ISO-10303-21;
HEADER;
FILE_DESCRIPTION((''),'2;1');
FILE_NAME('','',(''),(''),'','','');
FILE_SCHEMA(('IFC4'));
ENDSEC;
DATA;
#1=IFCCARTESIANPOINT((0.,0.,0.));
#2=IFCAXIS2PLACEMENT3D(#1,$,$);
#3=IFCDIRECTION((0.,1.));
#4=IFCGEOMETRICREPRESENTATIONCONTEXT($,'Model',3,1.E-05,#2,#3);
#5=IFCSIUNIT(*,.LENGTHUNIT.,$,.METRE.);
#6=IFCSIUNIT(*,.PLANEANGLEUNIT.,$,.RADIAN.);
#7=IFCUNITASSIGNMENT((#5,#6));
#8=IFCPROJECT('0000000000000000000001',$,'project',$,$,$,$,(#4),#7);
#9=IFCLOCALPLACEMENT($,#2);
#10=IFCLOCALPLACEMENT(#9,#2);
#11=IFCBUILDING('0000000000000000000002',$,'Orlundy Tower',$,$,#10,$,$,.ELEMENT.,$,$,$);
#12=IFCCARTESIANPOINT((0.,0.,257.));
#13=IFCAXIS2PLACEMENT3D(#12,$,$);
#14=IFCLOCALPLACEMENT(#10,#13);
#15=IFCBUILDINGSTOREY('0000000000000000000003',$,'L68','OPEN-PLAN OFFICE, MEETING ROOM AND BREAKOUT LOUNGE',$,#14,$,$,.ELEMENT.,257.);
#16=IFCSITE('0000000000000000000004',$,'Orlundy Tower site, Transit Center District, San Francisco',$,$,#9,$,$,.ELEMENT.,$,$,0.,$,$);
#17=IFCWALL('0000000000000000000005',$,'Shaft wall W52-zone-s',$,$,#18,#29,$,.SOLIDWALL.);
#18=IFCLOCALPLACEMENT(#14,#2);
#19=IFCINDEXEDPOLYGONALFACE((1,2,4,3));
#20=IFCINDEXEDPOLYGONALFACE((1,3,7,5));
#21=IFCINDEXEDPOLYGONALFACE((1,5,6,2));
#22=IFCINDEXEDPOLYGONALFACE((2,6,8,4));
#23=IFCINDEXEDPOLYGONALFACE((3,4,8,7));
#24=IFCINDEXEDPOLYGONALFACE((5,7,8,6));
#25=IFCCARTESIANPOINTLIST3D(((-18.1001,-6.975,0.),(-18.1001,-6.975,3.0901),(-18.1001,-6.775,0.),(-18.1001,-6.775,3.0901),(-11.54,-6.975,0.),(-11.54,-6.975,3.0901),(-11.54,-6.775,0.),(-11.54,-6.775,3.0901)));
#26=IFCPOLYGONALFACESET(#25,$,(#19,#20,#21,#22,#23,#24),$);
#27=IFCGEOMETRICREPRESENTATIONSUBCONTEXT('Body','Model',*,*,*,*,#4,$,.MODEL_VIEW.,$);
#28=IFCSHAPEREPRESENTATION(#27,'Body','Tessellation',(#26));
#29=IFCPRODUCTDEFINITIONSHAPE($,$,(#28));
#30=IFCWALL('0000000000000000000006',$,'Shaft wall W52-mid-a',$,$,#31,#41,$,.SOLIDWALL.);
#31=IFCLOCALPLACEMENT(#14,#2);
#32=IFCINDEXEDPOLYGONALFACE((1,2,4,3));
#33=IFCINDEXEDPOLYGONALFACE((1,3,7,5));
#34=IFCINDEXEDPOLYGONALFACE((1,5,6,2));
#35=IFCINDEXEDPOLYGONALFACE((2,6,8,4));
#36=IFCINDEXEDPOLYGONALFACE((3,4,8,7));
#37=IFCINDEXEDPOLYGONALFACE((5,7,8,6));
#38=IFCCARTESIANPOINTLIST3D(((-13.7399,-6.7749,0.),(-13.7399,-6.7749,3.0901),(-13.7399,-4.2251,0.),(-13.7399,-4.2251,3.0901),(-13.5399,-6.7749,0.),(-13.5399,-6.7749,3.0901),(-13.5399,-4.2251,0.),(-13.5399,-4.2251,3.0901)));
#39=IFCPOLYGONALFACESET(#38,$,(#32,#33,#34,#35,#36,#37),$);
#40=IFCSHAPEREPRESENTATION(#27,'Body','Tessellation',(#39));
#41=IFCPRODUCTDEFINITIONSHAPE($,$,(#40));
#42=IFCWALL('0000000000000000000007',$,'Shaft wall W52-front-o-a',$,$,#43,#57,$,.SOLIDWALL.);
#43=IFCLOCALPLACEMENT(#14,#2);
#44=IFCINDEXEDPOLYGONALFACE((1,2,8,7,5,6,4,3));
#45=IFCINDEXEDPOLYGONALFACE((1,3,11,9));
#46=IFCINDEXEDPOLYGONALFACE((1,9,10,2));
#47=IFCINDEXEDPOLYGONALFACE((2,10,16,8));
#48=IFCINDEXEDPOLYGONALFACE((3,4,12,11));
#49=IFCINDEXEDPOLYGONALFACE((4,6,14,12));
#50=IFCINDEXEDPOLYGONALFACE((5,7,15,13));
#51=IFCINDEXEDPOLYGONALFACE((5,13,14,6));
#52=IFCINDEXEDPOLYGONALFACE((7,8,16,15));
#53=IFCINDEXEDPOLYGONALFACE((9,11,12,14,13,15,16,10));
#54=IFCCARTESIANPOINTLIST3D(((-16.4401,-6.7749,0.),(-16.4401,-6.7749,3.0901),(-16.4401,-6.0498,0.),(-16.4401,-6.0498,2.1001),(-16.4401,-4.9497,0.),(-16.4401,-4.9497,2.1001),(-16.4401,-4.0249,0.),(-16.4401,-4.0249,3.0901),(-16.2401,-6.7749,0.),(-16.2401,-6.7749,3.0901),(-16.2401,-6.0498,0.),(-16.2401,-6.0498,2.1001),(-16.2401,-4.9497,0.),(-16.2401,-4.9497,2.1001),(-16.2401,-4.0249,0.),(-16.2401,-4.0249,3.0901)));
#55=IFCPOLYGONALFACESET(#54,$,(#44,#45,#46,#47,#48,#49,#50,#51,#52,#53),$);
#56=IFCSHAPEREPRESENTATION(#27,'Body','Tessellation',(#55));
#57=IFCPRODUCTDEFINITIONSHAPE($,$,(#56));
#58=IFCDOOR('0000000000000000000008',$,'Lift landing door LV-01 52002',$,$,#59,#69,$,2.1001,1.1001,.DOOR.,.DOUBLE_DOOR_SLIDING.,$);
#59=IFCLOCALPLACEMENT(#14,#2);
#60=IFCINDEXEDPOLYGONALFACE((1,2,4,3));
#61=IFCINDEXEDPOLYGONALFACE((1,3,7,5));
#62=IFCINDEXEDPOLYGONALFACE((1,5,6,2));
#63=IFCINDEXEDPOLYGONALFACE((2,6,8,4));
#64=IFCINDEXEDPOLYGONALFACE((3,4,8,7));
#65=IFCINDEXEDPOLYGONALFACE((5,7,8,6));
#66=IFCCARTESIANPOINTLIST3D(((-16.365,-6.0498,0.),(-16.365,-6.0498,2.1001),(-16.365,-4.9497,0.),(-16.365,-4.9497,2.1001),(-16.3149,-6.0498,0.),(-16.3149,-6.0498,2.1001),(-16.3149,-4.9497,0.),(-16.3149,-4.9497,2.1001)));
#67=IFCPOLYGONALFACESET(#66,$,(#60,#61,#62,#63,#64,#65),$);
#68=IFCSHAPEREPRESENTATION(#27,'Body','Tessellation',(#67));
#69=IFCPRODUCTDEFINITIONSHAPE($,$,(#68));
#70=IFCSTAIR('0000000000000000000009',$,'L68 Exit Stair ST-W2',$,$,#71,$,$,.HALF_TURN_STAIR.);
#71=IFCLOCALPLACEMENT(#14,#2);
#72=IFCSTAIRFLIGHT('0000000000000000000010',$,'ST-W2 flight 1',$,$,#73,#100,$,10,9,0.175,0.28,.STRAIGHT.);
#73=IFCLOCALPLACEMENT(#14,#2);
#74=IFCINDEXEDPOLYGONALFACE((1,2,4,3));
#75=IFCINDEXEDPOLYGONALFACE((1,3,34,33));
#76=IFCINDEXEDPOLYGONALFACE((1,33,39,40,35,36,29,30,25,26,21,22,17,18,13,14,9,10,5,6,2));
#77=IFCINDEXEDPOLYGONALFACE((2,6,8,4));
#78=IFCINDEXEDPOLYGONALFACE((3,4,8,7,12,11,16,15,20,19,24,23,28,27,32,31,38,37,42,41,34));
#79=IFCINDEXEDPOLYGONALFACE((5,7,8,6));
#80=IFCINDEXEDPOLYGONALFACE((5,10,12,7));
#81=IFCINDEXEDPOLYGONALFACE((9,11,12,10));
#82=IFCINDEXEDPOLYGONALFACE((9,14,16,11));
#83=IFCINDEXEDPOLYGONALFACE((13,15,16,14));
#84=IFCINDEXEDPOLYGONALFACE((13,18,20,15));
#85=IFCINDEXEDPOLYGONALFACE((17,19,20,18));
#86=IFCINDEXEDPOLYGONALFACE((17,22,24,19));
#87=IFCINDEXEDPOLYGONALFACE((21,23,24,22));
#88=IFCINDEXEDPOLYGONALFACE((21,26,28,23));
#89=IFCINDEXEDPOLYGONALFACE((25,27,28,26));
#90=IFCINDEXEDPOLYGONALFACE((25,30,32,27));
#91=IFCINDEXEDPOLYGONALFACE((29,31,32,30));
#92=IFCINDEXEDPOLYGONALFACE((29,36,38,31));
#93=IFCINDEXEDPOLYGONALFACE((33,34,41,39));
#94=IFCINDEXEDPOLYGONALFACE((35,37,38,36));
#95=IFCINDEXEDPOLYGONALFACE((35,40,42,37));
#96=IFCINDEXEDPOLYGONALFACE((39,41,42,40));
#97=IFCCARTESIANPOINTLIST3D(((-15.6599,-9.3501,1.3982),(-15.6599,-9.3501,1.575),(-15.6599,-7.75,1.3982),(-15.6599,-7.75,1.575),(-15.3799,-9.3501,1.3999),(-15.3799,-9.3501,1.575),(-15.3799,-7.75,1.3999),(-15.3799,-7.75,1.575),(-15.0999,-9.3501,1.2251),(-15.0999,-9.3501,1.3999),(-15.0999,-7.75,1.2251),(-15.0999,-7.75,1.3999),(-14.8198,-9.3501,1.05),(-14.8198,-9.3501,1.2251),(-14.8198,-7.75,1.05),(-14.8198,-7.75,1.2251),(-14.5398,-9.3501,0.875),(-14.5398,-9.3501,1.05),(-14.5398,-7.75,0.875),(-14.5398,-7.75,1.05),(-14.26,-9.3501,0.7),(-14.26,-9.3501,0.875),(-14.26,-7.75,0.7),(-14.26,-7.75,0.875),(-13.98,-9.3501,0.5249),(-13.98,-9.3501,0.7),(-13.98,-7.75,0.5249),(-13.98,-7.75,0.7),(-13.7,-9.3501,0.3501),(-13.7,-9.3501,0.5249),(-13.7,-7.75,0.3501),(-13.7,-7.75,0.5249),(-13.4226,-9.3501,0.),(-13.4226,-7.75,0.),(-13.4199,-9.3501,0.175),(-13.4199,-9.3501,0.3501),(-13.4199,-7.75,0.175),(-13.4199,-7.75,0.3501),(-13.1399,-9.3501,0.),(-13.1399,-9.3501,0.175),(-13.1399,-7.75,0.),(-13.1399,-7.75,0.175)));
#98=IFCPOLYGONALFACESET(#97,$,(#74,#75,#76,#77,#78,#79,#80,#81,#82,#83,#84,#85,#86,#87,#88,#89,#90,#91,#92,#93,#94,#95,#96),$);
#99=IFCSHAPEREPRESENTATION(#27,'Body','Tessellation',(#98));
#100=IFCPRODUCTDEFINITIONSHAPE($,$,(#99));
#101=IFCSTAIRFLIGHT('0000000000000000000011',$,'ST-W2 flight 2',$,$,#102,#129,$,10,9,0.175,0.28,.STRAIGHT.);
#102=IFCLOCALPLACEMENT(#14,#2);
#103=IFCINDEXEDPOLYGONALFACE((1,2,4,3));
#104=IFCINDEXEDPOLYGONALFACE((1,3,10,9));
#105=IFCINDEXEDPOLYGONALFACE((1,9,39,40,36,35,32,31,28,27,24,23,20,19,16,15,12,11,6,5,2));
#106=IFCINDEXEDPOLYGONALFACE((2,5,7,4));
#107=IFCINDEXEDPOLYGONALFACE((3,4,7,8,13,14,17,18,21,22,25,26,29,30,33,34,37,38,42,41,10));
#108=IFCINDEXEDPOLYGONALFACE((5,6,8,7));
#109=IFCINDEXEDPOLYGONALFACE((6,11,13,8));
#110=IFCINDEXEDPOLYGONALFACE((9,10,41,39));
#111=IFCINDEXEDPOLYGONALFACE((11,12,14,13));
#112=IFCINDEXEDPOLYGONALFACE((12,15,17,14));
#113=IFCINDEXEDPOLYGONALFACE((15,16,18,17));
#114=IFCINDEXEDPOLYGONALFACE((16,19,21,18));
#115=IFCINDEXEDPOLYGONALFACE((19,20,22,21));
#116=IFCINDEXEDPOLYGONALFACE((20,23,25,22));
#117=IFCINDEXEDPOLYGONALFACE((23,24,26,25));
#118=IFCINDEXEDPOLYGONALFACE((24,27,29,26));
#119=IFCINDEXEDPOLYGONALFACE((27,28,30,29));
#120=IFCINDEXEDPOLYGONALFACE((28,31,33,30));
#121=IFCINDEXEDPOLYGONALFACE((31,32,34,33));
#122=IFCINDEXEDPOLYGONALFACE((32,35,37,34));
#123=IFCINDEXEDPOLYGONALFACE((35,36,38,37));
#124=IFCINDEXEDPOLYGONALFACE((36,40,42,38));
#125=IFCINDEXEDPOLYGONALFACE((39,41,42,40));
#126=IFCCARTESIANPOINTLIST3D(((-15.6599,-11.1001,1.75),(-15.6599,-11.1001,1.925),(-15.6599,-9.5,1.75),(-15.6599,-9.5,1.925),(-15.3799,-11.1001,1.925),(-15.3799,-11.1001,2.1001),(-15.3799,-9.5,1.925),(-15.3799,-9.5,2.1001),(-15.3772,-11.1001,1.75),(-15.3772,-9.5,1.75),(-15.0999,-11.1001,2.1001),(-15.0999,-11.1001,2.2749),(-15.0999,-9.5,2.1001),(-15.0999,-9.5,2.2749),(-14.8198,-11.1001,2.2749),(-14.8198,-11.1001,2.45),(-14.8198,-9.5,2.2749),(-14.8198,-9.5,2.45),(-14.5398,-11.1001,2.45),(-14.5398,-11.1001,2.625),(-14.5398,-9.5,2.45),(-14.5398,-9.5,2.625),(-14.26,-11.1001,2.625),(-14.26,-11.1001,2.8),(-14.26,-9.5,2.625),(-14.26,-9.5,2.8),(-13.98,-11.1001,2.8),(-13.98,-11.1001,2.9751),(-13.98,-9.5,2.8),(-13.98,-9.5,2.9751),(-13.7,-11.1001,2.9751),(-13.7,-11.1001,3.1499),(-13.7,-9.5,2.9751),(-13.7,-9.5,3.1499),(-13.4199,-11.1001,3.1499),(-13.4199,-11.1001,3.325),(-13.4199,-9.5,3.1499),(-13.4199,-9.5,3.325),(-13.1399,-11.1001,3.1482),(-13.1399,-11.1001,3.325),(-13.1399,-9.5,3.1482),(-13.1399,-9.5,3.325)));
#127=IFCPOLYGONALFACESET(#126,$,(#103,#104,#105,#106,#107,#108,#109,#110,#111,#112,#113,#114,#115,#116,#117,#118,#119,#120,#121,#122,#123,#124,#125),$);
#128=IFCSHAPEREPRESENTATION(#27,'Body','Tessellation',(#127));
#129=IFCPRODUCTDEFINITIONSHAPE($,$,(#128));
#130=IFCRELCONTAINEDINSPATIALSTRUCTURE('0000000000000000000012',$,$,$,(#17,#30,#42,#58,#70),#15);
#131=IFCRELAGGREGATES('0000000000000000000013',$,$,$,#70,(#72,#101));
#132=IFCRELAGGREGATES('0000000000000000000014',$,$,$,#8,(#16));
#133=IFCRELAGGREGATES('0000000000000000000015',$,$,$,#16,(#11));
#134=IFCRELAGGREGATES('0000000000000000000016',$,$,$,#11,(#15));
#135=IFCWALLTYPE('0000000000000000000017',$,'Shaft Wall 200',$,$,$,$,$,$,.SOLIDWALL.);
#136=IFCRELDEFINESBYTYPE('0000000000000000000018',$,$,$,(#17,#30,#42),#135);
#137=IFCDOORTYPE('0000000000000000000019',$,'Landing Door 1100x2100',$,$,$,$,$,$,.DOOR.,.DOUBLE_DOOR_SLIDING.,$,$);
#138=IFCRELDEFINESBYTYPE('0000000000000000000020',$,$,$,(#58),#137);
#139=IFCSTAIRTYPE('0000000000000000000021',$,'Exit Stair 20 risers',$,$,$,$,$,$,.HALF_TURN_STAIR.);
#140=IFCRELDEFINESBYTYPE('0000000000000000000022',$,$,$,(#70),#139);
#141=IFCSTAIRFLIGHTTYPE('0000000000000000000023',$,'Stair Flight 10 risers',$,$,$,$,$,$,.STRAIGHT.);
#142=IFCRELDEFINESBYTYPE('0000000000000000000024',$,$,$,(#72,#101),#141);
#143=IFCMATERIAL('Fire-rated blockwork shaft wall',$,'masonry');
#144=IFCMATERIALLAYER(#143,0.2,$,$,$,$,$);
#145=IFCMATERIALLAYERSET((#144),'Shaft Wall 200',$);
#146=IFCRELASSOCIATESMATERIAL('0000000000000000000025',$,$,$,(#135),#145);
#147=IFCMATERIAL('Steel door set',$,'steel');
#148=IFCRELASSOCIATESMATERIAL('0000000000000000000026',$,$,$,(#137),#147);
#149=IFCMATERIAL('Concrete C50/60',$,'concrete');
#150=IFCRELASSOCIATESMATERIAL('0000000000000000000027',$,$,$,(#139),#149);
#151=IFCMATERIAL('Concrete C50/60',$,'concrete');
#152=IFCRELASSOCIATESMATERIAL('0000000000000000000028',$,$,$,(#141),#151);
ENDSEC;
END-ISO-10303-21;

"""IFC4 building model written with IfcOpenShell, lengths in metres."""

from ifc_helpers import new_model, si_unit, direction, frame, frame_2d, origin, place, context, subcontext, project, spatial, polyline, rectangle, outline, extrude, material, layer, layer_set, type_object, element, fill, aggregate, save


model = new_model("IFC4")

# Units and contexts
model_context = context("Model", 3, precision=1e-05, world=origin(), true_north=direction((0.0, 1.0)))
body_context = subcontext(model_context, "Body", "Model", "MODEL_VIEW")
ifc_project = project(units=[si_unit("LENGTHUNIT", "METRE"), si_unit("PLANEANGLEUNIT", "RADIAN")], contexts=[model_context])

# Site, building, storey
site_placement = place(None, origin())
site = spatial("IfcSite", under=ifc_project, at=site_placement, Name="Orlundy Tower site, Transit Center District, San Francisco", CompositionType="ELEMENT", RefElevation=0.0)
building_placement = place(site_placement, origin())
building = spatial("IfcBuilding", under=site, at=building_placement, Name="Orlundy Tower", CompositionType="ELEMENT")
storey_placement = place(building_placement, frame((0.0, 0.0, 257.0)))
storey = spatial("IfcBuildingStorey", under=building, at=storey_placement, Name="L68", Description="OPEN-PLAN OFFICE, MEETING ROOM AND BREAKOUT LOUNGE", CompositionType="ELEMENT", Elevation=257.0)

# Walls
ifc_material_1 = material(Name="Fire-rated blockwork shaft wall", Category="masonry")
ifc_layer_1 = layer(ifc_material_1, 0.2)
ifc_layer_set_1 = layer_set([ifc_layer_1], Name="Shaft Wall 200")
wall_type_1 = type_object("IfcWallType", Name="Shaft Wall 200", PredefinedType="SOLIDWALL", material=ifc_layer_set_1)
wall_1_placement = place(storey_placement, frame((-11.54, -6.875, 0.0), z_axis=(0.0, 0.0, 1.0), x_axis=(-1.0, 0.0, 0.0)))
element("IfcWall", 1, at=wall_1_placement, inside=storey, type_object=wall_type_1, Name="Shaft wall W52-zone-s", PredefinedType="SOLIDWALL", context=body_context, shape_type="SweptSolid", body=[
    extrude(rectangle(XDim=6.5601, YDim=0.2, at=frame_2d((3.28, 0.0))), origin(), (0.0, 0.0, 1.0), 3.0901),
])
wall_2_placement = place(storey_placement, frame((-13.6399, -6.7749, 0.0), z_axis=(0.0, 0.0, 1.0), x_axis=(0.0, 1.0, 0.0)))
element("IfcWall", 2, at=wall_2_placement, inside=storey, type_object=wall_type_1, Name="Shaft wall W52-mid-a", PredefinedType="SOLIDWALL", context=body_context, shape_type="SweptSolid", body=[
    extrude(rectangle(XDim=2.5498, YDim=0.2, at=frame_2d((1.2749, 0.0))), origin(), (0.0, 0.0, 1.0), 3.0901),
])

# Wall, opening, door
wall_3_placement = place(storey_placement, frame((-16.3401, -6.7749, 0.0), z_axis=(0.0, 0.0, 1.0), x_axis=(0.0, 1.0, 0.0)))
wall_3 = element("IfcWall", 3, at=wall_3_placement, inside=storey, type_object=wall_type_1, Name="Shaft wall W52-front-o-a", PredefinedType="SOLIDWALL", context=body_context, shape_type="SweptSolid", body=[
    extrude(rectangle(XDim=2.75, YDim=0.2, at=frame_2d((1.375, 0.0))), origin(), (0.0, 0.0, 1.0), 3.0901),
])
opening_1_placement = place(wall_3_placement, frame((0.7251, 0.0, 0.0)))
opening_1 = element("IfcOpeningElement", 4, at=opening_1_placement, cuts=wall_3, PredefinedType="OPENING", context=body_context, shape_type="SweptSolid", body=[
    extrude(rectangle(XDim=1.1001, YDim=2.1001, at=frame_2d((0.55, 1.05))), frame((0.0, 0.1101, 0.0), z_axis=(0.0, -1.0, 0.0), x_axis=(1.0, 0.0, 0.0)), (0.0, 0.0, 1.0), 0.2202),
])
ifc_material_2 = material(Name="Steel door set", Category="steel")
door_type_1 = type_object("IfcDoorType", Name="Landing Door 1100x2100", OperationType="DOUBLE_DOOR_SLIDING", PredefinedType="DOOR", material=ifc_material_2)
door_1_placement = place(opening_1_placement, origin())
door_1 = element("IfcDoor", 5, at=door_1_placement, inside=storey, type_object=door_type_1, Name="Lift landing door LV-01 52002", OperationType="DOUBLE_DOOR_SLIDING", OverallHeight=2.1001, OverallWidth=1.1001, PredefinedType="DOOR", context=body_context, shape_type="SweptSolid", body=[
    extrude(rectangle(XDim=1.1001, YDim=2.1001, at=frame_2d((0.55, 1.05))), frame((0.0, 0.0249, 0.0), z_axis=(0.0, -1.0, 0.0), x_axis=(1.0, 0.0, 0.0)), (0.0, 0.0, 1.0), 0.05),
])
fill(opening_1, door_1)

# Stair, stair flights
ifc_material_3 = material(Name="Concrete C50/60", Category="concrete")
stair_type = type_object("IfcStairType", Name="Exit Stair 20 risers", PredefinedType="HALF_TURN_STAIR", material=ifc_material_3)
stair_placement = place(storey_placement, origin())
stair = element("IfcStair", 6, at=stair_placement, inside=storey, type_object=stair_type, Name="L68 Exit Stair ST-W2", PredefinedType="HALF_TURN_STAIR")
ifc_material_4 = material(Name="Concrete C50/60", Category="concrete")
stair_flight_type = type_object("IfcStairFlightType", Name="Stair Flight 10 risers", PredefinedType="STRAIGHT", material=ifc_material_4)
stair_flight_1_placement = place(storey_placement, frame((-13.1399, -8.55, 0.0), z_axis=(0.0, 0.0, 1.0), x_axis=(-1.0, 0.0, 0.0)))
stair_flight_1 = element("IfcStairFlight", 7, at=stair_flight_1_placement, type_object=stair_flight_type, Name="ST-W2 flight 1", NumberOfRisers=10, NumberOfTreads=9, PredefinedType="STRAIGHT", RiserHeight=0.175, TreadLength=0.28, context=body_context, shape_type="SweptSolid", body=[
    extrude(outline(polyline([(0.0, 0.0), (0.0, 0.175), (0.28, 0.175), (0.28, 0.3501), (0.5601, 0.3501), (0.5601, 0.5249), (0.8401, 0.5249), (0.8401, 0.7), (1.1201, 0.7), (1.1201, 0.875), (1.3999, 0.875), (1.3999, 1.05), (1.6799, 1.05), (1.6799, 1.2251), (1.96, 1.2251), (1.96, 1.3999), (2.24, 1.3999), (2.24, 1.575), (2.52, 1.575), (2.52, 1.75), (2.52, 1.3982), (0.2827, 0.0), (0.0, 0.0)])), frame((0.0, 0.8, 0.0), z_axis=(0.0, -1.0, 0.0), x_axis=(1.0, 0.0, 0.0)), (0.0, 0.0, 1.0), 1.6001),
])
stair_flight_2_placement = place(storey_placement, frame((-15.6599, -10.3, 1.75), z_axis=(0.0, 0.0, 1.0), x_axis=(1.0, 0.0, 0.0)))
stair_flight_2 = element("IfcStairFlight", 8, at=stair_flight_2_placement, type_object=stair_flight_type, Name="ST-W2 flight 2", NumberOfRisers=10, NumberOfTreads=9, PredefinedType="STRAIGHT", RiserHeight=0.175, TreadLength=0.28, context=body_context, shape_type="SweptSolid", body=[
    extrude(outline(polyline([(0.0, 0.0), (0.0, 0.175), (0.28, 0.175), (0.28, 0.3501), (0.5601, 0.3501), (0.5601, 0.5249), (0.8401, 0.5249), (0.8401, 0.7), (1.1201, 0.7), (1.1201, 0.875), (1.3999, 0.875), (1.3999, 1.05), (1.6799, 1.05), (1.6799, 1.2251), (1.96, 1.2251), (1.96, 1.3999), (2.24, 1.3999), (2.24, 1.575), (2.52, 1.575), (2.52, 1.75), (2.52, 1.3982), (0.2827, 0.0), (0.0, 0.0)])), frame((0.0, 0.8, 0.0), z_axis=(0.0, -1.0, 0.0), x_axis=(1.0, 0.0, 0.0)), (0.0, 0.0, 1.0), 1.6001),
])
aggregate(stair, [stair_flight_1, stair_flight_2])

save(model, "model.ifc")
